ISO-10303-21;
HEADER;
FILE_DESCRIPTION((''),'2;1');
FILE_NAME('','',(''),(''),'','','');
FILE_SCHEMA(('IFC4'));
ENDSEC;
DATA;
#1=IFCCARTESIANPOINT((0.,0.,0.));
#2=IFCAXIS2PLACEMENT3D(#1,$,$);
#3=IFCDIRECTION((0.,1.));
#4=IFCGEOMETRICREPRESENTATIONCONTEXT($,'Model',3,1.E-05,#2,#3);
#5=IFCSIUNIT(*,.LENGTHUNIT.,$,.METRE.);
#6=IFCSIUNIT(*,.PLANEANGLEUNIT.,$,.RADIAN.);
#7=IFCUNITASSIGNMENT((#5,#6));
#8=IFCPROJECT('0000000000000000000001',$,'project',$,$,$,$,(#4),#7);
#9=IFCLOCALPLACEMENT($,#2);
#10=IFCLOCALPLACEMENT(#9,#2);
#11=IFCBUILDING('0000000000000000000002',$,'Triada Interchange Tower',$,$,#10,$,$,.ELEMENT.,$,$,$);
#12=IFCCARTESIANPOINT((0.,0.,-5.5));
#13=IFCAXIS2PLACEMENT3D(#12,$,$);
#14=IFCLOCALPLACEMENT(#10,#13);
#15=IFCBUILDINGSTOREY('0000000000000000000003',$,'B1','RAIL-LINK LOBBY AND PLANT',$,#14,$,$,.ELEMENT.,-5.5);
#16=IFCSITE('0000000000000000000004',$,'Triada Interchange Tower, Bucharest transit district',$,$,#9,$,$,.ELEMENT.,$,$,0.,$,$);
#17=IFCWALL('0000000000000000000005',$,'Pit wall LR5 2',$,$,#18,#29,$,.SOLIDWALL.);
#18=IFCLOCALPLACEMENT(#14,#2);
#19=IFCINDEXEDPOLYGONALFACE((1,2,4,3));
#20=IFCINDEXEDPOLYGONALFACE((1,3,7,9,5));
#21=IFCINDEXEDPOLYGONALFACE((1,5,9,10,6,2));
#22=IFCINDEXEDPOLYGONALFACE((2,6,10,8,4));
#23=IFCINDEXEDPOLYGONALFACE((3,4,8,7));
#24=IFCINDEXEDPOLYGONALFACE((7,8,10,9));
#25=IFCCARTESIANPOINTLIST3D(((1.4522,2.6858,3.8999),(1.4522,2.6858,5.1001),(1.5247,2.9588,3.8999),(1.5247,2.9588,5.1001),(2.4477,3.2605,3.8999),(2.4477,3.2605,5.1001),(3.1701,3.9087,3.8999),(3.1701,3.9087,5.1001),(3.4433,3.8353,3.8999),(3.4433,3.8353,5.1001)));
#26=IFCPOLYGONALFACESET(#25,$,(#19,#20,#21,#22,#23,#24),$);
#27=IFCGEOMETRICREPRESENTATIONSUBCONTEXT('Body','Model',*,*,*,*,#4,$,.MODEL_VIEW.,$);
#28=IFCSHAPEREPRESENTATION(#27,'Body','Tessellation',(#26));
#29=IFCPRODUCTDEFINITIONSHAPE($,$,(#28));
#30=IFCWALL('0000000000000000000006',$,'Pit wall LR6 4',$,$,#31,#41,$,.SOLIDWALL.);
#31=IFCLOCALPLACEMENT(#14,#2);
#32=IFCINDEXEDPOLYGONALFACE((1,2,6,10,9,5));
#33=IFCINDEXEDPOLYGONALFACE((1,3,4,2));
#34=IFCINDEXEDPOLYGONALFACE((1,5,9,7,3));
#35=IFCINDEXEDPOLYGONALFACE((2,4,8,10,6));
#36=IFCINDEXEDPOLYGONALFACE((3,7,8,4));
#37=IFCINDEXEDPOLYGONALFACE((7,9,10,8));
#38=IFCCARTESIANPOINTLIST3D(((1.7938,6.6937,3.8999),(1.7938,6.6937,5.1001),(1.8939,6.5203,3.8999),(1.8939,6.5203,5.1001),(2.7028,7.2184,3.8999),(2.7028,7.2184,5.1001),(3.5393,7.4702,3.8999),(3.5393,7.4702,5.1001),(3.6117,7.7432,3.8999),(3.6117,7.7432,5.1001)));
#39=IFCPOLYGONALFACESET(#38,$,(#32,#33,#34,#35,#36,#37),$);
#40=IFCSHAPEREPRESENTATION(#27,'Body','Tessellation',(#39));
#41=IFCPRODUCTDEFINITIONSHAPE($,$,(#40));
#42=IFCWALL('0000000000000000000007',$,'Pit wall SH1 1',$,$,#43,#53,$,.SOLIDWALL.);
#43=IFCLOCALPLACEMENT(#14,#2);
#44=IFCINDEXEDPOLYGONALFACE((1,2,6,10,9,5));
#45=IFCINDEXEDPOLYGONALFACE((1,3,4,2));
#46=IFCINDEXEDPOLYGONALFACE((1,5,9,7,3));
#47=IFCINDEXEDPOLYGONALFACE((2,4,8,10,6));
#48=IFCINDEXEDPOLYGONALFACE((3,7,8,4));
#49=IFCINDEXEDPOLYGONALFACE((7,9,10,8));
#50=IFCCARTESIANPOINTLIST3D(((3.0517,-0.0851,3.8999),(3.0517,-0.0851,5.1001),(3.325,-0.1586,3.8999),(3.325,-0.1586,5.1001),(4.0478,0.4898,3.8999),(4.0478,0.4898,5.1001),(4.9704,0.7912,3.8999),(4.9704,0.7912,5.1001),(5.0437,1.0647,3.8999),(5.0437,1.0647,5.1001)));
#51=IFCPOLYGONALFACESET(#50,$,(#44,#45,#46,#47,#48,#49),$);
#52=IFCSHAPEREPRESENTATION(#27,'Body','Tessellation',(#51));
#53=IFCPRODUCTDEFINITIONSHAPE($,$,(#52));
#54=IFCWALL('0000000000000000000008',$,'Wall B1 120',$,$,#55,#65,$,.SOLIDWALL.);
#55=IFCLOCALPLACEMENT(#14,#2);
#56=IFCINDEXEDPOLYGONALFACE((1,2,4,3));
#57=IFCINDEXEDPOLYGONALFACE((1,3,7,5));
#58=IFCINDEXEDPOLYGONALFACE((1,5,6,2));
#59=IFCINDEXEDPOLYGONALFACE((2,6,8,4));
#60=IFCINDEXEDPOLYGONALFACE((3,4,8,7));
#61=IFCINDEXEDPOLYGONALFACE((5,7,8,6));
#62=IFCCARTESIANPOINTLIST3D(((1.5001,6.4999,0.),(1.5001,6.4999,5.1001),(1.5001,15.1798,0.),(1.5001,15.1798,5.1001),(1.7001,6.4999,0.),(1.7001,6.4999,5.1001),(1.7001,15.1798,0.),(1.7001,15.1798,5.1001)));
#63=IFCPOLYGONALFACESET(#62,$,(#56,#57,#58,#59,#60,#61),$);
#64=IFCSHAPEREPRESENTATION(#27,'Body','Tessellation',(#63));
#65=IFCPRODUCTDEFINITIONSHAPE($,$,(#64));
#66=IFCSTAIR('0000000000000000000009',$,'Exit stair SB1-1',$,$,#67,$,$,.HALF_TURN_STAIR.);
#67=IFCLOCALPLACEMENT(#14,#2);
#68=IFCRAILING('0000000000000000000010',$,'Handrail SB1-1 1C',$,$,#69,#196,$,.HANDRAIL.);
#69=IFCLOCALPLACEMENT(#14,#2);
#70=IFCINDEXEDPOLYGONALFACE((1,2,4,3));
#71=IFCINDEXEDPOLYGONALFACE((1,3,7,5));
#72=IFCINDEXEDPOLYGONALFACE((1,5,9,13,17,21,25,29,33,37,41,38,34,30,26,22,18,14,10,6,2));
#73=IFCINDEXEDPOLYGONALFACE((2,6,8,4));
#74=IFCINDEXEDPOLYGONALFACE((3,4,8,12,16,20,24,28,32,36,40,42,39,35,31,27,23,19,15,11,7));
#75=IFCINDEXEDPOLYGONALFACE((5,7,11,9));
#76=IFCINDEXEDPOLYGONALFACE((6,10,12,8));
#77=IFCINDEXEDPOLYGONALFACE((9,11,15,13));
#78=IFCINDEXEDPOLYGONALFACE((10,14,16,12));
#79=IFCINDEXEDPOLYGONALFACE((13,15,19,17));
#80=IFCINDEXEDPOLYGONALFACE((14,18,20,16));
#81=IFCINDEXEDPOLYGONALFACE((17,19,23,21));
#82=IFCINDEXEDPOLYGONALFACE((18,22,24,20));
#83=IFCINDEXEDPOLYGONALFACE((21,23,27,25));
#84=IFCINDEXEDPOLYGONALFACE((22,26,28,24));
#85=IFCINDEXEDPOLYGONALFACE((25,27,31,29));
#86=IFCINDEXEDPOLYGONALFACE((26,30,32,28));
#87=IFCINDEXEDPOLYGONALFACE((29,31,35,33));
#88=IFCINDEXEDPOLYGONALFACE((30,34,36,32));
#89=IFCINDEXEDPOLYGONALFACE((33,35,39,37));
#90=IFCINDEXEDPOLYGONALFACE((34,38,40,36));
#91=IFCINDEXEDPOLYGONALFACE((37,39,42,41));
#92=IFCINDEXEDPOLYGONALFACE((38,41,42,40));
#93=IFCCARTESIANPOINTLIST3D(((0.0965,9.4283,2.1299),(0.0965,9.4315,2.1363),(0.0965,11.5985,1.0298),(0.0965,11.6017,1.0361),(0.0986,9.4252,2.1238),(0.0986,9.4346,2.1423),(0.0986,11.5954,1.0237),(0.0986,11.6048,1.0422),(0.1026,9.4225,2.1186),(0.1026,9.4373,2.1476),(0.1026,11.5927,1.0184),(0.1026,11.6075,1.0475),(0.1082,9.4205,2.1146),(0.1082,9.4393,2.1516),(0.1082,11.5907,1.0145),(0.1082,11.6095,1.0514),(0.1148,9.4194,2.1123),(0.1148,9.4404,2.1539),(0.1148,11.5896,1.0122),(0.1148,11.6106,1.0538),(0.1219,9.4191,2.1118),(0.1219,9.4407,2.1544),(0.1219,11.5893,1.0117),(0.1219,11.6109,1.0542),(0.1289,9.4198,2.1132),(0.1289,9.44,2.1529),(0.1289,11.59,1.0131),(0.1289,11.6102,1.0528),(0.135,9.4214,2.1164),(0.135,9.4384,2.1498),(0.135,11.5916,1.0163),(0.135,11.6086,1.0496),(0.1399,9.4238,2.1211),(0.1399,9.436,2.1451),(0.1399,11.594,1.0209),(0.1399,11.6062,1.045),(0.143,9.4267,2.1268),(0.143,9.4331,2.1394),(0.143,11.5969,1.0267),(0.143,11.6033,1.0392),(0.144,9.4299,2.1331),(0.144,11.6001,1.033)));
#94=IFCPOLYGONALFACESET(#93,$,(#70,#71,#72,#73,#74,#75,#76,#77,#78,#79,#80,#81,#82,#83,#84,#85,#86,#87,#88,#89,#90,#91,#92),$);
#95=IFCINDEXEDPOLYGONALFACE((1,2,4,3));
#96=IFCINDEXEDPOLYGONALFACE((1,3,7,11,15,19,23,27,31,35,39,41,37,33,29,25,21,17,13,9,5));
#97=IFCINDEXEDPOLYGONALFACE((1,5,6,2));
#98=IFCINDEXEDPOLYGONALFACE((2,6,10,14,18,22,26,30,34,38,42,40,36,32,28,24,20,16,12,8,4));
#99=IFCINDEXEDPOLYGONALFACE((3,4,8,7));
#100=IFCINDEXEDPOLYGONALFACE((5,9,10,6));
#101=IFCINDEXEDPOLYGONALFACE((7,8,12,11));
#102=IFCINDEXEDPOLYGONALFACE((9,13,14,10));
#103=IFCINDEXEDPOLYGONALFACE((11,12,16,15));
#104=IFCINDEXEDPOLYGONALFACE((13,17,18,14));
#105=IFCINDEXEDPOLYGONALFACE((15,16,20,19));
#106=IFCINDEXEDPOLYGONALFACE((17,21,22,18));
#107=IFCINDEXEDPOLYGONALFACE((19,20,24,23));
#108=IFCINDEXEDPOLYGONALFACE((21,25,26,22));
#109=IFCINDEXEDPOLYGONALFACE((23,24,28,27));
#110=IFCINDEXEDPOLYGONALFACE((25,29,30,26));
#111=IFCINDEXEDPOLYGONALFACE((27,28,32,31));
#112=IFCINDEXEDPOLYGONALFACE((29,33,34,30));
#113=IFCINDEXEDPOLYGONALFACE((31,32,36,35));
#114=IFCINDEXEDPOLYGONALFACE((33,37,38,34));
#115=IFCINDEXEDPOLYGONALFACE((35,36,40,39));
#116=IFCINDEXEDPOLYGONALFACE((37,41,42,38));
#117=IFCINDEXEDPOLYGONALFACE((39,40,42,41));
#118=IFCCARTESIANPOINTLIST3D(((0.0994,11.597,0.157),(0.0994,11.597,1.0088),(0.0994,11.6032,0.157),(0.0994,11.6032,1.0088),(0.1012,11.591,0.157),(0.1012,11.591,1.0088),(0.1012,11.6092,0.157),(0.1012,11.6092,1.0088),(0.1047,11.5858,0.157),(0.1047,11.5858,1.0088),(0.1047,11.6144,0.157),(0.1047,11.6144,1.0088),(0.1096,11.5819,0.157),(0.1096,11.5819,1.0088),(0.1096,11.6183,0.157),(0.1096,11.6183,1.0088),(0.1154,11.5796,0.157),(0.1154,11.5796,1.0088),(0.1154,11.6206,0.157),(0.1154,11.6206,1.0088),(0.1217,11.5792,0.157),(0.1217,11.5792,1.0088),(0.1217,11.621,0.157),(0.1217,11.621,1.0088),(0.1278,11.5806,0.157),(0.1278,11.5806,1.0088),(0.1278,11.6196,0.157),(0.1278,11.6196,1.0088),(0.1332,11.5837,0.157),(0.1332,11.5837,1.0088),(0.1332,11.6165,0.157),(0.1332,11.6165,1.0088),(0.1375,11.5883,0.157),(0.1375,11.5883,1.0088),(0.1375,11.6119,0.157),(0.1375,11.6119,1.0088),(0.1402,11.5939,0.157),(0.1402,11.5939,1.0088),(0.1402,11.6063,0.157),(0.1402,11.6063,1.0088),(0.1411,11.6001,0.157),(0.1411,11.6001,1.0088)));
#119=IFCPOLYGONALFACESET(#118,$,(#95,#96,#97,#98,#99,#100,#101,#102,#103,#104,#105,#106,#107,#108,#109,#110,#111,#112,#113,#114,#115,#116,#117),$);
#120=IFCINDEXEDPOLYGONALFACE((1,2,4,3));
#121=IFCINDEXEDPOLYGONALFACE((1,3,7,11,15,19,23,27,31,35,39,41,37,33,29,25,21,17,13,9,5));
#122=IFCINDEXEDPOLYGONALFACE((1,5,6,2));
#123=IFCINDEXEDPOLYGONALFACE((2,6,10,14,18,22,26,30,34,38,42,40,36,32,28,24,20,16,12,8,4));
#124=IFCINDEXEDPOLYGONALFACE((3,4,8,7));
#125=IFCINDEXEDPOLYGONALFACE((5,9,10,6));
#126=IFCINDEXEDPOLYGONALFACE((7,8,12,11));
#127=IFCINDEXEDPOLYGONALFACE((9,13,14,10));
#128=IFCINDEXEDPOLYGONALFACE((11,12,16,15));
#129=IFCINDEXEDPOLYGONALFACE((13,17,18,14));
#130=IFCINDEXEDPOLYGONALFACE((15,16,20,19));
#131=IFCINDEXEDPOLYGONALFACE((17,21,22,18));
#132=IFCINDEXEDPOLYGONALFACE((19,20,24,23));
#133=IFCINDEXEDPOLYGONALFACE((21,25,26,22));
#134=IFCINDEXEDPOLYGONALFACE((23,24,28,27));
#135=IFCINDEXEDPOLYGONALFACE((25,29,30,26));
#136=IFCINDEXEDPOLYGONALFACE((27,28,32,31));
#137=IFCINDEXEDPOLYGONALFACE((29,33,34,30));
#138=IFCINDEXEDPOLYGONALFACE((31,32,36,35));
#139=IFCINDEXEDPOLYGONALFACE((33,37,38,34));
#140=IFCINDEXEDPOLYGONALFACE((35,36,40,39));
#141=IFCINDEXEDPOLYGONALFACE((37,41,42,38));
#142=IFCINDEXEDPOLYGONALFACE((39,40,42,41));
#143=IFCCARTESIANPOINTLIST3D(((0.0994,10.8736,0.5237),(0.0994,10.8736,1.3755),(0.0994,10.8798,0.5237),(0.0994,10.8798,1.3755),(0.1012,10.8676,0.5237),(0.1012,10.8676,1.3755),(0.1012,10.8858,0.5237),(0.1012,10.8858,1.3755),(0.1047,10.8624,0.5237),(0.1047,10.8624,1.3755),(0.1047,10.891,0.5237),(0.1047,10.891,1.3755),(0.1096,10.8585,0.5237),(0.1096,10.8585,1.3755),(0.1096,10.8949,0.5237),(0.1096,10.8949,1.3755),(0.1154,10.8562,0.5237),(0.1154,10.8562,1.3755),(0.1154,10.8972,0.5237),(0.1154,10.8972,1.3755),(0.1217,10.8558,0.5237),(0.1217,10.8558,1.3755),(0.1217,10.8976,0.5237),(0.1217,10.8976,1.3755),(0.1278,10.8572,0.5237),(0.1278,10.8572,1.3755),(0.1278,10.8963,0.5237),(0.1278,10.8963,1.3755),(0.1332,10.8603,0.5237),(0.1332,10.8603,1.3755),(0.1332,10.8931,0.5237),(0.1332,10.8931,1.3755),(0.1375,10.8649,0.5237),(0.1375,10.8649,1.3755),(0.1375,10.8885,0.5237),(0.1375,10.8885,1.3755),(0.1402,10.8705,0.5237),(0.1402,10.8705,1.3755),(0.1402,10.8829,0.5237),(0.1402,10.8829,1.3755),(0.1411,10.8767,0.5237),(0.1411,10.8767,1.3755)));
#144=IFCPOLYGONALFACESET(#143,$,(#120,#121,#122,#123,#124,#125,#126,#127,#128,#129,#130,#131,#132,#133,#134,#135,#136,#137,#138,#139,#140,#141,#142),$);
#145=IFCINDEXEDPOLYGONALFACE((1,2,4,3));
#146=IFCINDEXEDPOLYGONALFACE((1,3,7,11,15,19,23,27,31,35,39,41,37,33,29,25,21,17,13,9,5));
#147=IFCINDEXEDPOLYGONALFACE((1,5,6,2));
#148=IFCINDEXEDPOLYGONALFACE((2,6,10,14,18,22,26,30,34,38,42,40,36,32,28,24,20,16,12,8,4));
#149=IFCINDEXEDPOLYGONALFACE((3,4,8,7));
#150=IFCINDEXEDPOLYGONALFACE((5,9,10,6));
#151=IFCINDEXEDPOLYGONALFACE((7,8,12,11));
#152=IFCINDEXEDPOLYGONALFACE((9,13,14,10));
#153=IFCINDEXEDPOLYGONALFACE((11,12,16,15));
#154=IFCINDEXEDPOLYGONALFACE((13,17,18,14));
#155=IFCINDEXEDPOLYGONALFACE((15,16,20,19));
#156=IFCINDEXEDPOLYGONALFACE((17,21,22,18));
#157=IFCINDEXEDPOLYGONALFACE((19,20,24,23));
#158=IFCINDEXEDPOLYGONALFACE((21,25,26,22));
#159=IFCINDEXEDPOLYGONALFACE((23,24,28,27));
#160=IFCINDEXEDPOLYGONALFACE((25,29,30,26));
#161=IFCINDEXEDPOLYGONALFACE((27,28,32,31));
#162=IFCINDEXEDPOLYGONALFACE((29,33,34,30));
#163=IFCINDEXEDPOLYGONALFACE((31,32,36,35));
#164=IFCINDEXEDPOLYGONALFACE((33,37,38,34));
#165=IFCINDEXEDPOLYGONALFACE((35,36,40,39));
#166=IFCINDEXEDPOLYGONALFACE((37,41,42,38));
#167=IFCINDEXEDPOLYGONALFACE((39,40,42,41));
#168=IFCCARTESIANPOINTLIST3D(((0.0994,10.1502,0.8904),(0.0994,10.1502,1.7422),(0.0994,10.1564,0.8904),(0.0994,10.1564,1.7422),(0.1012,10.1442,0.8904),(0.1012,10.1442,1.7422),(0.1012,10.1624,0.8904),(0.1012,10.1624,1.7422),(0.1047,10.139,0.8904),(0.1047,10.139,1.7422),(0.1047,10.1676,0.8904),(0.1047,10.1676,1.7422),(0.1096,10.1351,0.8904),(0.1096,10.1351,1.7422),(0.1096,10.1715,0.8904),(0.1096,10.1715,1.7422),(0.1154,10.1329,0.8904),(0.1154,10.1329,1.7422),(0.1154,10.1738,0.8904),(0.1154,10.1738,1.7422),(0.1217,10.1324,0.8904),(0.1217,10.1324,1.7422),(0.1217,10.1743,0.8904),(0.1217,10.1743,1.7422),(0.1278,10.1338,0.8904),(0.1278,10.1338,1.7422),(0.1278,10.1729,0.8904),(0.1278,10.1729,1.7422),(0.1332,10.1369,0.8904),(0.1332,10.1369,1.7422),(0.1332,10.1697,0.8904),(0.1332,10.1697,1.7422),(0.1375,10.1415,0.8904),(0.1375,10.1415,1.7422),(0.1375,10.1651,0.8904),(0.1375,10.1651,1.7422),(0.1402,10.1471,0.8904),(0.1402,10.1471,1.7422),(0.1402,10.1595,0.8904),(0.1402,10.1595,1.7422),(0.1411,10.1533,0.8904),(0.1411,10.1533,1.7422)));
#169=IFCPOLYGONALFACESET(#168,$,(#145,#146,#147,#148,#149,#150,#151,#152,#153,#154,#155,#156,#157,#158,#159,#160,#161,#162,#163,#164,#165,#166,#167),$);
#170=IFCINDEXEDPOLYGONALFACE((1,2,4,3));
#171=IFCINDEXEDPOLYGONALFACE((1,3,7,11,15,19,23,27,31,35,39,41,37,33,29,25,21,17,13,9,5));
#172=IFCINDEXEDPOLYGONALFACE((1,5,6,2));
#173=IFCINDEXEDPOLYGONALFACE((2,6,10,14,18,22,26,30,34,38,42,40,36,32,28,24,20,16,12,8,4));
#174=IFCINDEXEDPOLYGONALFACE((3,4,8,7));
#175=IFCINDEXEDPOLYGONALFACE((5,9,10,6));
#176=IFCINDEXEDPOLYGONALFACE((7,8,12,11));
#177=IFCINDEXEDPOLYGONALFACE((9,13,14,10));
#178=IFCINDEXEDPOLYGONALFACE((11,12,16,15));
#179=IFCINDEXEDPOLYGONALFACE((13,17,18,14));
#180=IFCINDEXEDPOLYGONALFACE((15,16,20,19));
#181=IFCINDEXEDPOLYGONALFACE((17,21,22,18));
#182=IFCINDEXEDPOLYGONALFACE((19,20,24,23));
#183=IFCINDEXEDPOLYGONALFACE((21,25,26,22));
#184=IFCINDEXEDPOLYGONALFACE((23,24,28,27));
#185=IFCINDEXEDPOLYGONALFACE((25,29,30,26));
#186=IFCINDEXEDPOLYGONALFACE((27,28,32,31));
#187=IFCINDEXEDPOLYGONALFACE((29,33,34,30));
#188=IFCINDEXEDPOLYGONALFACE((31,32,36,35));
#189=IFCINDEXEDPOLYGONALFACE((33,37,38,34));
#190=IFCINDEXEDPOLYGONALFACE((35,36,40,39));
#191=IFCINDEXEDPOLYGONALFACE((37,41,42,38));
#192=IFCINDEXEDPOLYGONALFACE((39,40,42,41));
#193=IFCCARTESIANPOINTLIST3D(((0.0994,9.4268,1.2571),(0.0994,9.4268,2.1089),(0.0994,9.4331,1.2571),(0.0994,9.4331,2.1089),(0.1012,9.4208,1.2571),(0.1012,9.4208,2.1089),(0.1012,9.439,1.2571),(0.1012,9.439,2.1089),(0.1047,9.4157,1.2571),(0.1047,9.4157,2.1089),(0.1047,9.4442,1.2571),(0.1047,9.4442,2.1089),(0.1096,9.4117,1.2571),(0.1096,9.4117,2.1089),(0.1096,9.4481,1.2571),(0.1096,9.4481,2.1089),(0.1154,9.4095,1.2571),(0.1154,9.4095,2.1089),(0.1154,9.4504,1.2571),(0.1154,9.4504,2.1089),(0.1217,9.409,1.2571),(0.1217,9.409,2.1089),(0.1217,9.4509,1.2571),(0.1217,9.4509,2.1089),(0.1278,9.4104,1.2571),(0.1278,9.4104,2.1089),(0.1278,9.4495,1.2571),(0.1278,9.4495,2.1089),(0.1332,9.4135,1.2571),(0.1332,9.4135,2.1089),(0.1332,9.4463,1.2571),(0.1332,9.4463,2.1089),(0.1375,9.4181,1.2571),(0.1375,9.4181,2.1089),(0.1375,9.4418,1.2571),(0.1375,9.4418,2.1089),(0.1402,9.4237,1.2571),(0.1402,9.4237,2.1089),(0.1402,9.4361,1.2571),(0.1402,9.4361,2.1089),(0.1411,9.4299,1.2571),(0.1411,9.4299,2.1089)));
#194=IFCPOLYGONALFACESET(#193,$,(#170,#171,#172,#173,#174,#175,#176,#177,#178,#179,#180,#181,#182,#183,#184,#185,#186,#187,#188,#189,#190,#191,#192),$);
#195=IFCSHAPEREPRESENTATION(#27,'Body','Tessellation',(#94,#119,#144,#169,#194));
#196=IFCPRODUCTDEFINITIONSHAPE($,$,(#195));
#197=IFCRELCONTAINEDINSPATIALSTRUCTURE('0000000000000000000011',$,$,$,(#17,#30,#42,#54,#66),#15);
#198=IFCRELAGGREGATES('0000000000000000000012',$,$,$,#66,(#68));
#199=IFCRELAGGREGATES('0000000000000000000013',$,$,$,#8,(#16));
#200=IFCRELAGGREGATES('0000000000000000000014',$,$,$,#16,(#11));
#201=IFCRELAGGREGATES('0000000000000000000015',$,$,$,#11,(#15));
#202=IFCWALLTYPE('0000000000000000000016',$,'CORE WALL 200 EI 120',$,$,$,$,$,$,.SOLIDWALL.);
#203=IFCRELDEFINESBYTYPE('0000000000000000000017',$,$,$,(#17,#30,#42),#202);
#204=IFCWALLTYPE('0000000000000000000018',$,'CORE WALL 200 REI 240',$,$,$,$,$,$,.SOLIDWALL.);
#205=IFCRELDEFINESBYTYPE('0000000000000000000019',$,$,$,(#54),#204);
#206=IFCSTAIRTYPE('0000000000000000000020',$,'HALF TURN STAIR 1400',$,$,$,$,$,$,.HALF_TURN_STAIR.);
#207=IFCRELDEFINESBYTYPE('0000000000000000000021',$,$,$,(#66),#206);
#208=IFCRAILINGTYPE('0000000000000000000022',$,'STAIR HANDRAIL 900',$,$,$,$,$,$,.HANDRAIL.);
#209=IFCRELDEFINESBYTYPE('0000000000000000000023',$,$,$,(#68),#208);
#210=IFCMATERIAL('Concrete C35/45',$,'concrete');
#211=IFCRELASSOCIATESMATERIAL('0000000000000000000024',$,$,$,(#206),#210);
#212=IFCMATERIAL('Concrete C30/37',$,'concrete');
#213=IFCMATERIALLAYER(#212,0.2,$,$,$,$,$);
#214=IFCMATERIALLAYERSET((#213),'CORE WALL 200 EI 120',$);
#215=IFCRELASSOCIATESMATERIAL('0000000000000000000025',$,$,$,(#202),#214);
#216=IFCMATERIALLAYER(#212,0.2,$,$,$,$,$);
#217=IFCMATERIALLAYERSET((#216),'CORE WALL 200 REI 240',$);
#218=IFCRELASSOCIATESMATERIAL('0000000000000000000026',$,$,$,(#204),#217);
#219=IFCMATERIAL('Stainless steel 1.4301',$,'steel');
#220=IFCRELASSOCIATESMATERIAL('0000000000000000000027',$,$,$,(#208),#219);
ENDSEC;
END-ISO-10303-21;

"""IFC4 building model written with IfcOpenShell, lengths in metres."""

from ifc_helpers import new_model, si_unit, direction, frame, frame_2d, origin, origin_2d, place, context, subcontext, project, spatial, polyline, rectangle, circle, outline, extrude, material, layer, layer_set, type_object, element, aggregate, save


model = new_model("IFC4")

# Units and contexts
model_context = context("Model", 3, precision=1e-05, world=origin(), true_north=direction((0.0, 1.0)))
body_context = subcontext(model_context, "Body", "Model", "MODEL_VIEW")
ifc_project = project(units=[si_unit("LENGTHUNIT", "METRE"), si_unit("PLANEANGLEUNIT", "RADIAN")], contexts=[model_context])

# Site, building, storey
site_placement = place(None, origin())
site = spatial("IfcSite", under=ifc_project, at=site_placement, Name="Triada Interchange Tower, Bucharest transit district", CompositionType="ELEMENT", RefElevation=0.0)
building_placement = place(site_placement, origin())
building = spatial("IfcBuilding", under=site, at=building_placement, Name="Triada Interchange Tower", CompositionType="ELEMENT")
storey_placement = place(building_placement, frame((0.0, 0.0, -5.5)))
storey = spatial("IfcBuildingStorey", under=building, at=storey_placement, Name="B1", Description="RAIL-LINK LOBBY AND PLANT", CompositionType="ELEMENT", Elevation=-5.5)

# Shared definitions
ifc_material_1 = material(Name="Concrete C30/37", Category="concrete")

# Shared definitions
ifc_material_2 = material(Name="Concrete C35/45", Category="concrete")
stair_type = type_object("IfcStairType", Name="HALF TURN STAIR 1400", PredefinedType="HALF_TURN_STAIR", material=ifc_material_2)

# Shared definitions
ifc_layer_1 = layer(ifc_material_1, 0.2)
ifc_layer_set_1 = layer_set([ifc_layer_1], Name="CORE WALL 200 EI 120")
wall_type_1 = type_object("IfcWallType", Name="CORE WALL 200 EI 120", PredefinedType="SOLIDWALL", material=ifc_layer_set_1)

# Walls
wall_1_placement = place(storey_placement, frame((1.488, 2.822, 3.8999), z_axis=(0.0, 0.0, 1.0), x_axis=(0.866038, 0.499977, 0.0)))
element("IfcWall", 1, at=wall_1_placement, inside=storey, type_object=wall_type_1, Name="Pit wall LR5 2", PredefinedType="SOLIDWALL", context=body_context, shape_type="SweptSolid", body=[
    extrude(outline(polyline([(2.0, 0.1001), (2.2, -0.1001), (1.0503, -0.1001), (-0.0991, -0.1001), (0.1001, 0.1001), (0.1001, 0.1001), (0.1001, 0.1001), (0.1001, 0.1001), (0.1001, 0.1001), (0.1001, 0.1001), (0.1001, 0.1001), (0.1001, 0.1001), (0.1001, 0.1001), (2.0, 0.1001)])), origin(), (0.0, 0.0, 1.0), 1.2002),
])
wall_2_placement = place(storey_placement, frame((3.5759, 7.6069, 3.8999), z_axis=(0.0, 0.0, 1.0), x_axis=(-0.866038, -0.499977, 0.0)))
element("IfcWall", 2, at=wall_2_placement, inside=storey, type_object=wall_type_1, Name="Pit wall LR6 4", PredefinedType="SOLIDWALL", context=body_context, shape_type="SweptSolid", body=[
    extrude(outline(polyline([(2.0, 0.1001), (2.0, 0.1001), (2.0, 0.1001), (2.0, -0.1001), (0.9504, -0.1001), (-0.0991, -0.1001), (0.1001, 0.1001), (0.1001, 0.1001), (0.1001, 0.1001), (0.1001, 0.1001), (0.1001, 0.1001), (0.1001, 0.1001), (0.1001, 0.1001), (0.1001, 0.1001), (0.1001, 0.1001), (2.0, 0.1001)])), origin(), (0.0, 0.0, 1.0), 1.2002),
])
wall_3_placement = place(storey_placement, frame((5.0071, 0.928, 3.8999), z_axis=(0.0, 0.0, 1.0), x_axis=(-0.866068, -0.499927, 0.0)))
element("IfcWall", 3, at=wall_3_placement, inside=storey, type_object=wall_type_1, Name="Pit wall SH1 1", PredefinedType="SOLIDWALL", context=body_context, shape_type="SweptSolid", body=[
    extrude(outline(polyline([(0.1001, 0.1001), (2.0, 0.1001), (2.2, -0.1001), (1.0498, -0.1001), (-0.1001, -0.1001), (0.1001, 0.1001)])), origin(), (0.0, 0.0, 1.0), 1.2002),
])
ifc_layer_2 = layer(ifc_material_1, 0.2)
ifc_layer_set_2 = layer_set([ifc_layer_2], Name="CORE WALL 200 REI 240")
wall_type_2 = type_object("IfcWallType", Name="CORE WALL 200 REI 240", PredefinedType="SOLIDWALL", material=ifc_layer_set_2)
wall_4_placement = place(storey_placement, frame((1.6001, 6.5, 0.0), z_axis=(0.0, 0.0, 1.0), x_axis=(0.0, 1.0, 0.0)))
element("IfcWall", 4, at=wall_4_placement, inside=storey, type_object=wall_type_2, Name="Wall B1 120", PredefinedType="SOLIDWALL", context=body_context, shape_type="SweptSolid", body=[
    extrude(rectangle(XDim=8.6799, YDim=0.2, at=frame_2d((4.3398, 0.0))), origin(), (0.0, 0.0, 1.0), 5.1001),
])

# Stair, railing
stair_1_placement = place(storey_placement, origin())
stair_1 = element("IfcStair", 5, at=stair_1_placement, inside=storey, type_object=stair_type, Name="Exit stair SB1-1", PredefinedType="HALF_TURN_STAIR")
ifc_material_3 = material(Name="Stainless steel 1.4301", Category="steel")
railing_type = type_object("IfcRailingType", Name="STAIR HANDRAIL 900", PredefinedType="HANDRAIL", material=ifc_material_3)
railing_1_placement = place(storey_placement, frame((0.1201, 11.6001, 0.157)))
railing_1 = element("IfcRailing", 6, at=railing_1_placement, type_object=railing_type, Name="Handrail SB1-1 1C", PredefinedType="HANDRAIL", context=body_context, shape_type="SweptSolid", body=[
    extrude(circle(Radius=0.0239, at=origin_2d()), frame((0.0, 0.0, 0.876), z_axis=(0.0, -0.891945, 0.452144), x_axis=(1.0, 0.0, 0.0)), (0.0, 0.0, 1.0), 2.4331),
    extrude(circle(Radius=0.021, at=origin_2d()), origin(), (0.0, 0.0, 1.0), 0.8518),
    extrude(circle(Radius=0.021, at=origin_2d()), frame((0.0, -0.7234, 0.3667)), (0.0, 0.0, 1.0), 0.8518),
    extrude(circle(Radius=0.021, at=origin_2d()), frame((0.0, -1.4468, 0.7334)), (0.0, 0.0, 1.0), 0.8518),
    extrude(circle(Radius=0.021, at=origin_2d()), frame((0.0, -2.1702, 1.1001)), (0.0, 0.0, 1.0), 0.8518),
])
aggregate(stair_1, [railing_1])

save(model, "model.ifc")
